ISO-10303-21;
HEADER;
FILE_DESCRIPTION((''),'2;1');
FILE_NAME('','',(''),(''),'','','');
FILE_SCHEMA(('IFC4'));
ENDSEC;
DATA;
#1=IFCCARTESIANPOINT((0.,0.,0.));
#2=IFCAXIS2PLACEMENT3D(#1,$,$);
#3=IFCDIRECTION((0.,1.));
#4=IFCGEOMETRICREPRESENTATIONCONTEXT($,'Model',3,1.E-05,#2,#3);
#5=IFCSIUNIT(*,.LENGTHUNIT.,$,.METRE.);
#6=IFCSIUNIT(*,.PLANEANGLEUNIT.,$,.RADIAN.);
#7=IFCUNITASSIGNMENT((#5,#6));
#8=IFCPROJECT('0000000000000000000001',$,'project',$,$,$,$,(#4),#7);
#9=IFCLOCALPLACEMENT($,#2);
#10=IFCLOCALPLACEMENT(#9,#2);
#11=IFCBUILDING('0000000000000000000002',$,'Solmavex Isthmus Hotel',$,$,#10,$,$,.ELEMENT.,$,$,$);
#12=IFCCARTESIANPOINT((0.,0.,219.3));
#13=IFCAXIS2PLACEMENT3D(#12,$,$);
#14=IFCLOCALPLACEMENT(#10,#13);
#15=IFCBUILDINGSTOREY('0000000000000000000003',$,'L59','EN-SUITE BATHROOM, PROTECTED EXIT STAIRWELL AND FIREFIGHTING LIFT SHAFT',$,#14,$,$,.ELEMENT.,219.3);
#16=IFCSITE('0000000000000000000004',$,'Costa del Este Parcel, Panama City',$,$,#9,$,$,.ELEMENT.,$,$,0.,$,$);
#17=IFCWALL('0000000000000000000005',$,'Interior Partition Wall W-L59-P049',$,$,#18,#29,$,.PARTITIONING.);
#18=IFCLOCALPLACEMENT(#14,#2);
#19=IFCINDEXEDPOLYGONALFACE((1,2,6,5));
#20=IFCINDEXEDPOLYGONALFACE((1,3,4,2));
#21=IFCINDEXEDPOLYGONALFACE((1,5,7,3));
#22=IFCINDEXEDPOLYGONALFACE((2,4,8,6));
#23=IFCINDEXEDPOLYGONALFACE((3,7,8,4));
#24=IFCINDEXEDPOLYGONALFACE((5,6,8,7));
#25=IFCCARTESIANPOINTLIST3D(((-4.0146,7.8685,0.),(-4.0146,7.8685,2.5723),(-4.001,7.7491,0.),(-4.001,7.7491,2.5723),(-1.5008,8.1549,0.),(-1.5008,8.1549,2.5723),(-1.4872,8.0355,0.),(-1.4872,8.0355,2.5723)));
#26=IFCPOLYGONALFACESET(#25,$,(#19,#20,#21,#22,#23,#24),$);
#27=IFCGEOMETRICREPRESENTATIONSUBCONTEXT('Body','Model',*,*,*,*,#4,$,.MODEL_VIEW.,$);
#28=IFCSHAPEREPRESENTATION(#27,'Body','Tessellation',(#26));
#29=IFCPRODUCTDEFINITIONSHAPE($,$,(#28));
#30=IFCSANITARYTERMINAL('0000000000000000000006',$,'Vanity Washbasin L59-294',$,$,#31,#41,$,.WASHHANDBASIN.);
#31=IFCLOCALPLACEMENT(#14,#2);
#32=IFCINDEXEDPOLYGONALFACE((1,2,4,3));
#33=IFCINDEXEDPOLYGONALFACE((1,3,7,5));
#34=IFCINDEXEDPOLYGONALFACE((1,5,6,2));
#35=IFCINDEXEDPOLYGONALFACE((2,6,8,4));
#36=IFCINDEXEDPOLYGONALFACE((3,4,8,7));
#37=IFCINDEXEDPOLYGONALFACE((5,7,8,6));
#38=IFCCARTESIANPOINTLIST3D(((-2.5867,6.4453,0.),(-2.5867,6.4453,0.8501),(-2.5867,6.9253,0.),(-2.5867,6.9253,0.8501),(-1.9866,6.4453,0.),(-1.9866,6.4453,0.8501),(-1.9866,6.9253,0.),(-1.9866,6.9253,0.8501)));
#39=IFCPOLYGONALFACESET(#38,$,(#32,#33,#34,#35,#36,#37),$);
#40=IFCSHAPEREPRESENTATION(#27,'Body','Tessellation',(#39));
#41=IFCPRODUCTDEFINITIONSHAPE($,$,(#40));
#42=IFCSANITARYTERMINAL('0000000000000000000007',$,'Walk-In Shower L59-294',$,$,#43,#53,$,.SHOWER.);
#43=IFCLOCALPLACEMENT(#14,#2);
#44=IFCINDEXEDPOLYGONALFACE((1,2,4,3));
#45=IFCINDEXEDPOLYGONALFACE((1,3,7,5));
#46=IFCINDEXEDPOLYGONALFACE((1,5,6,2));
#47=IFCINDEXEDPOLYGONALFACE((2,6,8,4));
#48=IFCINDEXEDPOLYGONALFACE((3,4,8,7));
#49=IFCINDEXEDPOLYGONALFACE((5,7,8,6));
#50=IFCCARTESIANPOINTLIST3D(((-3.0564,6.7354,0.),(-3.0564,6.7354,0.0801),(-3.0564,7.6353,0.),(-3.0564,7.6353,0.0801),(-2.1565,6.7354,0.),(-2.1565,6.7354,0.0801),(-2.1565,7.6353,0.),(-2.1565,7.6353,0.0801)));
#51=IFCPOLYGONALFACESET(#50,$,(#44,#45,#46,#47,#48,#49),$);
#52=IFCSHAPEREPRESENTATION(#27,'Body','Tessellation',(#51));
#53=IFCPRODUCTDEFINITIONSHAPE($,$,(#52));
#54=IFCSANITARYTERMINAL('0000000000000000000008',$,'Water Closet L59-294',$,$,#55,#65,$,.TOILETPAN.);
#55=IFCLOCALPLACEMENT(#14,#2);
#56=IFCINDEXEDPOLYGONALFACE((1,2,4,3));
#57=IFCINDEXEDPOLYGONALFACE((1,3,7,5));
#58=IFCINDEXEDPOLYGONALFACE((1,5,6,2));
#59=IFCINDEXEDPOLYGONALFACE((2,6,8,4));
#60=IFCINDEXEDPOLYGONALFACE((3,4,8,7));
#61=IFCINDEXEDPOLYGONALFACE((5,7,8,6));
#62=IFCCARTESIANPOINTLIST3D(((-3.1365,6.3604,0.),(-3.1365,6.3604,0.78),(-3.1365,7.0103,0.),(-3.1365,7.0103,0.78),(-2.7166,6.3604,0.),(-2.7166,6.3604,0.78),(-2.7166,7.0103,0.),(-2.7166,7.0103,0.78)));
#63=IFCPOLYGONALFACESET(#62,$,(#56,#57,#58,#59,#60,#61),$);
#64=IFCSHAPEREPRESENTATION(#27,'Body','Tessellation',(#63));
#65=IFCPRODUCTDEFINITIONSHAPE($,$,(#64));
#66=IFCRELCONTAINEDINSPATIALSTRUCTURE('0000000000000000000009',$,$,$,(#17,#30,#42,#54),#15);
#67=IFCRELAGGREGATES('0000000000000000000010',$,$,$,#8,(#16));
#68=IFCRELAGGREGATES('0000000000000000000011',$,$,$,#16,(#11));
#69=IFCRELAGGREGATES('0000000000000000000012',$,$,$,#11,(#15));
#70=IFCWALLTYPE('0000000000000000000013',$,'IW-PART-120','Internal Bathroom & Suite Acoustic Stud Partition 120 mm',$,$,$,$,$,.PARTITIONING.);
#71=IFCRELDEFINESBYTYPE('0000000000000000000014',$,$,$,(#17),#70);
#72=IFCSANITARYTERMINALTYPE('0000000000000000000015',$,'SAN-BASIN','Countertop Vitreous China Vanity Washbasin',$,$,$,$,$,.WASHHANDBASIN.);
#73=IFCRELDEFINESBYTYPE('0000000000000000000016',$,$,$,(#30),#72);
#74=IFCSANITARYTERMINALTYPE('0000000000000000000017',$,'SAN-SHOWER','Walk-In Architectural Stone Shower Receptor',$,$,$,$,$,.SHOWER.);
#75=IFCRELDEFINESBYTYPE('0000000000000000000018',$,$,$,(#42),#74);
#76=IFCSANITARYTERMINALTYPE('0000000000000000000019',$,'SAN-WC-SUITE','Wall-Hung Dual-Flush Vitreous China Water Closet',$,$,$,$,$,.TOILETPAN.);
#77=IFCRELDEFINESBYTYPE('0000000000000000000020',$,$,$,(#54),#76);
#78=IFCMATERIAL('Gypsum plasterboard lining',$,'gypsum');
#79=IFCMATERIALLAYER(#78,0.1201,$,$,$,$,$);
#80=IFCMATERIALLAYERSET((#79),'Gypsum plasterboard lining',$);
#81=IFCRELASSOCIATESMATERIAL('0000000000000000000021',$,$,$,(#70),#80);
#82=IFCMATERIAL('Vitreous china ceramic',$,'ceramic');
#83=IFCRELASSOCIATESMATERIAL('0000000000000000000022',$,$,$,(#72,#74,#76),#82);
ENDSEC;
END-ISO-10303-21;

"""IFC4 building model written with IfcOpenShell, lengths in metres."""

from ifc_helpers import new_model, si_unit, direction, frame, frame_2d, origin, origin_2d, place, context, subcontext, project, spatial, rectangle, extrude, material, layer, layer_set, type_object, element, save


model = new_model("IFC4")

# Units and contexts
model_context = context("Model", 3, precision=1e-05, world=origin(), true_north=direction((0.0, 1.0)))
body_context = subcontext(model_context, "Body", "Model", "MODEL_VIEW")
ifc_project = project(units=[si_unit("LENGTHUNIT", "METRE"), si_unit("PLANEANGLEUNIT", "RADIAN")], contexts=[model_context])

# Site, building, storey
site_placement = place(None, origin())
site = spatial("IfcSite", under=ifc_project, at=site_placement, Name="Costa del Este Parcel, Panama City", CompositionType="ELEMENT", RefElevation=0.0)
building_placement = place(site_placement, origin())
building = spatial("IfcBuilding", under=site, at=building_placement, Name="Solmavex Isthmus Hotel", CompositionType="ELEMENT")
storey_placement = place(building_placement, frame((0.0, 0.0, 219.3)))
storey = spatial("IfcBuildingStorey", under=building, at=storey_placement, Name="L59", Description="EN-SUITE BATHROOM, PROTECTED EXIT STAIRWELL AND FIREFIGHTING LIFT SHAFT", CompositionType="ELEMENT", Elevation=219.3)

# Shared definitions
ifc_material_1 = material(Name="Gypsum plasterboard lining", Category="gypsum")

# Shared definitions
ifc_layer_1 = layer(ifc_material_1, 0.1201)
ifc_layer_set_1 = layer_set([ifc_layer_1], Name="Gypsum plasterboard lining")
wall_type_1 = type_object("IfcWallType", Name="IW-PART-120", Description="Internal Bathroom & Suite Acoustic Stud Partition 120 mm", PredefinedType="PARTITIONING", material=ifc_layer_set_1)

# Wall
wall_1_placement = place(storey_placement, frame((-1.4939, 8.0952, 0.0), z_axis=(0.0, 0.0, 1.0), x_axis=(-0.993573, -0.113195, 0.0)))
element("IfcWall", 1, at=wall_1_placement, inside=storey, type_object=wall_type_1, Name="Interior Partition Wall W-L59-P049", PredefinedType="PARTITIONING", context=body_context, shape_type="SweptSolid", body=[
    extrude(rectangle(XDim=2.53, YDim=0.1201, at=frame_2d((1.2651, 0.0))), origin(), (0.0, 0.0, 1.0), 2.5723),
])

# Sanitary terminals
ifc_material_2 = material(Name="Vitreous china ceramic", Category="ceramic")
sanitary_terminal_type_1 = type_object("IfcSanitaryTerminalType", Name="SAN-BASIN", Description="Countertop Vitreous China Vanity Washbasin", PredefinedType="WASHHANDBASIN", material=ifc_material_2)
sanitary_terminal_1_placement = place(storey_placement, frame((-2.2866, 6.6853, 0.0), z_axis=(0.0, 0.0, 1.0), x_axis=(1.0, 0.0, 0.0)))
element("IfcSanitaryTerminal", 2, at=sanitary_terminal_1_placement, inside=storey, type_object=sanitary_terminal_type_1, Name="Vanity Washbasin L59-294", PredefinedType="WASHHANDBASIN", context=body_context, shape_type="SweptSolid", body=[
    extrude(rectangle(XDim=0.6001, YDim=0.48, at=origin_2d()), origin(), (0.0, 0.0, 1.0), 0.8501),
])
sanitary_terminal_type_2 = type_object("IfcSanitaryTerminalType", Name="SAN-SHOWER", Description="Walk-In Architectural Stone Shower Receptor", PredefinedType="SHOWER", material=ifc_material_2)
sanitary_terminal_2_placement = place(storey_placement, frame((-2.6064, 7.1853, 0.0), z_axis=(0.0, 0.0, 1.0), x_axis=(1.0, 0.0, 0.0)))
element("IfcSanitaryTerminal", 3, at=sanitary_terminal_2_placement, inside=storey, type_object=sanitary_terminal_type_2, Name="Walk-In Shower L59-294", PredefinedType="SHOWER", context=body_context, shape_type="SweptSolid", body=[
    extrude(rectangle(XDim=0.8999, YDim=0.8999, at=origin_2d()), origin(), (0.0, 0.0, 1.0), 0.0801),
])
sanitary_terminal_type_3 = type_object("IfcSanitaryTerminalType", Name="SAN-WC-SUITE", Description="Wall-Hung Dual-Flush Vitreous China Water Closet", PredefinedType="TOILETPAN", material=ifc_material_2)
sanitary_terminal_3_placement = place(storey_placement, frame((-2.9265, 6.6853, 0.0), z_axis=(0.0, 0.0, 1.0), x_axis=(1.0, 0.0, 0.0)))
element("IfcSanitaryTerminal", 4, at=sanitary_terminal_3_placement, inside=storey, type_object=sanitary_terminal_type_3, Name="Water Closet L59-294", PredefinedType="TOILETPAN", context=body_context, shape_type="SweptSolid", body=[
    extrude(rectangle(XDim=0.4199, YDim=0.6499, at=origin_2d()), origin(), (0.0, 0.0, 1.0), 0.78),
])

save(model, "model.ifc")
